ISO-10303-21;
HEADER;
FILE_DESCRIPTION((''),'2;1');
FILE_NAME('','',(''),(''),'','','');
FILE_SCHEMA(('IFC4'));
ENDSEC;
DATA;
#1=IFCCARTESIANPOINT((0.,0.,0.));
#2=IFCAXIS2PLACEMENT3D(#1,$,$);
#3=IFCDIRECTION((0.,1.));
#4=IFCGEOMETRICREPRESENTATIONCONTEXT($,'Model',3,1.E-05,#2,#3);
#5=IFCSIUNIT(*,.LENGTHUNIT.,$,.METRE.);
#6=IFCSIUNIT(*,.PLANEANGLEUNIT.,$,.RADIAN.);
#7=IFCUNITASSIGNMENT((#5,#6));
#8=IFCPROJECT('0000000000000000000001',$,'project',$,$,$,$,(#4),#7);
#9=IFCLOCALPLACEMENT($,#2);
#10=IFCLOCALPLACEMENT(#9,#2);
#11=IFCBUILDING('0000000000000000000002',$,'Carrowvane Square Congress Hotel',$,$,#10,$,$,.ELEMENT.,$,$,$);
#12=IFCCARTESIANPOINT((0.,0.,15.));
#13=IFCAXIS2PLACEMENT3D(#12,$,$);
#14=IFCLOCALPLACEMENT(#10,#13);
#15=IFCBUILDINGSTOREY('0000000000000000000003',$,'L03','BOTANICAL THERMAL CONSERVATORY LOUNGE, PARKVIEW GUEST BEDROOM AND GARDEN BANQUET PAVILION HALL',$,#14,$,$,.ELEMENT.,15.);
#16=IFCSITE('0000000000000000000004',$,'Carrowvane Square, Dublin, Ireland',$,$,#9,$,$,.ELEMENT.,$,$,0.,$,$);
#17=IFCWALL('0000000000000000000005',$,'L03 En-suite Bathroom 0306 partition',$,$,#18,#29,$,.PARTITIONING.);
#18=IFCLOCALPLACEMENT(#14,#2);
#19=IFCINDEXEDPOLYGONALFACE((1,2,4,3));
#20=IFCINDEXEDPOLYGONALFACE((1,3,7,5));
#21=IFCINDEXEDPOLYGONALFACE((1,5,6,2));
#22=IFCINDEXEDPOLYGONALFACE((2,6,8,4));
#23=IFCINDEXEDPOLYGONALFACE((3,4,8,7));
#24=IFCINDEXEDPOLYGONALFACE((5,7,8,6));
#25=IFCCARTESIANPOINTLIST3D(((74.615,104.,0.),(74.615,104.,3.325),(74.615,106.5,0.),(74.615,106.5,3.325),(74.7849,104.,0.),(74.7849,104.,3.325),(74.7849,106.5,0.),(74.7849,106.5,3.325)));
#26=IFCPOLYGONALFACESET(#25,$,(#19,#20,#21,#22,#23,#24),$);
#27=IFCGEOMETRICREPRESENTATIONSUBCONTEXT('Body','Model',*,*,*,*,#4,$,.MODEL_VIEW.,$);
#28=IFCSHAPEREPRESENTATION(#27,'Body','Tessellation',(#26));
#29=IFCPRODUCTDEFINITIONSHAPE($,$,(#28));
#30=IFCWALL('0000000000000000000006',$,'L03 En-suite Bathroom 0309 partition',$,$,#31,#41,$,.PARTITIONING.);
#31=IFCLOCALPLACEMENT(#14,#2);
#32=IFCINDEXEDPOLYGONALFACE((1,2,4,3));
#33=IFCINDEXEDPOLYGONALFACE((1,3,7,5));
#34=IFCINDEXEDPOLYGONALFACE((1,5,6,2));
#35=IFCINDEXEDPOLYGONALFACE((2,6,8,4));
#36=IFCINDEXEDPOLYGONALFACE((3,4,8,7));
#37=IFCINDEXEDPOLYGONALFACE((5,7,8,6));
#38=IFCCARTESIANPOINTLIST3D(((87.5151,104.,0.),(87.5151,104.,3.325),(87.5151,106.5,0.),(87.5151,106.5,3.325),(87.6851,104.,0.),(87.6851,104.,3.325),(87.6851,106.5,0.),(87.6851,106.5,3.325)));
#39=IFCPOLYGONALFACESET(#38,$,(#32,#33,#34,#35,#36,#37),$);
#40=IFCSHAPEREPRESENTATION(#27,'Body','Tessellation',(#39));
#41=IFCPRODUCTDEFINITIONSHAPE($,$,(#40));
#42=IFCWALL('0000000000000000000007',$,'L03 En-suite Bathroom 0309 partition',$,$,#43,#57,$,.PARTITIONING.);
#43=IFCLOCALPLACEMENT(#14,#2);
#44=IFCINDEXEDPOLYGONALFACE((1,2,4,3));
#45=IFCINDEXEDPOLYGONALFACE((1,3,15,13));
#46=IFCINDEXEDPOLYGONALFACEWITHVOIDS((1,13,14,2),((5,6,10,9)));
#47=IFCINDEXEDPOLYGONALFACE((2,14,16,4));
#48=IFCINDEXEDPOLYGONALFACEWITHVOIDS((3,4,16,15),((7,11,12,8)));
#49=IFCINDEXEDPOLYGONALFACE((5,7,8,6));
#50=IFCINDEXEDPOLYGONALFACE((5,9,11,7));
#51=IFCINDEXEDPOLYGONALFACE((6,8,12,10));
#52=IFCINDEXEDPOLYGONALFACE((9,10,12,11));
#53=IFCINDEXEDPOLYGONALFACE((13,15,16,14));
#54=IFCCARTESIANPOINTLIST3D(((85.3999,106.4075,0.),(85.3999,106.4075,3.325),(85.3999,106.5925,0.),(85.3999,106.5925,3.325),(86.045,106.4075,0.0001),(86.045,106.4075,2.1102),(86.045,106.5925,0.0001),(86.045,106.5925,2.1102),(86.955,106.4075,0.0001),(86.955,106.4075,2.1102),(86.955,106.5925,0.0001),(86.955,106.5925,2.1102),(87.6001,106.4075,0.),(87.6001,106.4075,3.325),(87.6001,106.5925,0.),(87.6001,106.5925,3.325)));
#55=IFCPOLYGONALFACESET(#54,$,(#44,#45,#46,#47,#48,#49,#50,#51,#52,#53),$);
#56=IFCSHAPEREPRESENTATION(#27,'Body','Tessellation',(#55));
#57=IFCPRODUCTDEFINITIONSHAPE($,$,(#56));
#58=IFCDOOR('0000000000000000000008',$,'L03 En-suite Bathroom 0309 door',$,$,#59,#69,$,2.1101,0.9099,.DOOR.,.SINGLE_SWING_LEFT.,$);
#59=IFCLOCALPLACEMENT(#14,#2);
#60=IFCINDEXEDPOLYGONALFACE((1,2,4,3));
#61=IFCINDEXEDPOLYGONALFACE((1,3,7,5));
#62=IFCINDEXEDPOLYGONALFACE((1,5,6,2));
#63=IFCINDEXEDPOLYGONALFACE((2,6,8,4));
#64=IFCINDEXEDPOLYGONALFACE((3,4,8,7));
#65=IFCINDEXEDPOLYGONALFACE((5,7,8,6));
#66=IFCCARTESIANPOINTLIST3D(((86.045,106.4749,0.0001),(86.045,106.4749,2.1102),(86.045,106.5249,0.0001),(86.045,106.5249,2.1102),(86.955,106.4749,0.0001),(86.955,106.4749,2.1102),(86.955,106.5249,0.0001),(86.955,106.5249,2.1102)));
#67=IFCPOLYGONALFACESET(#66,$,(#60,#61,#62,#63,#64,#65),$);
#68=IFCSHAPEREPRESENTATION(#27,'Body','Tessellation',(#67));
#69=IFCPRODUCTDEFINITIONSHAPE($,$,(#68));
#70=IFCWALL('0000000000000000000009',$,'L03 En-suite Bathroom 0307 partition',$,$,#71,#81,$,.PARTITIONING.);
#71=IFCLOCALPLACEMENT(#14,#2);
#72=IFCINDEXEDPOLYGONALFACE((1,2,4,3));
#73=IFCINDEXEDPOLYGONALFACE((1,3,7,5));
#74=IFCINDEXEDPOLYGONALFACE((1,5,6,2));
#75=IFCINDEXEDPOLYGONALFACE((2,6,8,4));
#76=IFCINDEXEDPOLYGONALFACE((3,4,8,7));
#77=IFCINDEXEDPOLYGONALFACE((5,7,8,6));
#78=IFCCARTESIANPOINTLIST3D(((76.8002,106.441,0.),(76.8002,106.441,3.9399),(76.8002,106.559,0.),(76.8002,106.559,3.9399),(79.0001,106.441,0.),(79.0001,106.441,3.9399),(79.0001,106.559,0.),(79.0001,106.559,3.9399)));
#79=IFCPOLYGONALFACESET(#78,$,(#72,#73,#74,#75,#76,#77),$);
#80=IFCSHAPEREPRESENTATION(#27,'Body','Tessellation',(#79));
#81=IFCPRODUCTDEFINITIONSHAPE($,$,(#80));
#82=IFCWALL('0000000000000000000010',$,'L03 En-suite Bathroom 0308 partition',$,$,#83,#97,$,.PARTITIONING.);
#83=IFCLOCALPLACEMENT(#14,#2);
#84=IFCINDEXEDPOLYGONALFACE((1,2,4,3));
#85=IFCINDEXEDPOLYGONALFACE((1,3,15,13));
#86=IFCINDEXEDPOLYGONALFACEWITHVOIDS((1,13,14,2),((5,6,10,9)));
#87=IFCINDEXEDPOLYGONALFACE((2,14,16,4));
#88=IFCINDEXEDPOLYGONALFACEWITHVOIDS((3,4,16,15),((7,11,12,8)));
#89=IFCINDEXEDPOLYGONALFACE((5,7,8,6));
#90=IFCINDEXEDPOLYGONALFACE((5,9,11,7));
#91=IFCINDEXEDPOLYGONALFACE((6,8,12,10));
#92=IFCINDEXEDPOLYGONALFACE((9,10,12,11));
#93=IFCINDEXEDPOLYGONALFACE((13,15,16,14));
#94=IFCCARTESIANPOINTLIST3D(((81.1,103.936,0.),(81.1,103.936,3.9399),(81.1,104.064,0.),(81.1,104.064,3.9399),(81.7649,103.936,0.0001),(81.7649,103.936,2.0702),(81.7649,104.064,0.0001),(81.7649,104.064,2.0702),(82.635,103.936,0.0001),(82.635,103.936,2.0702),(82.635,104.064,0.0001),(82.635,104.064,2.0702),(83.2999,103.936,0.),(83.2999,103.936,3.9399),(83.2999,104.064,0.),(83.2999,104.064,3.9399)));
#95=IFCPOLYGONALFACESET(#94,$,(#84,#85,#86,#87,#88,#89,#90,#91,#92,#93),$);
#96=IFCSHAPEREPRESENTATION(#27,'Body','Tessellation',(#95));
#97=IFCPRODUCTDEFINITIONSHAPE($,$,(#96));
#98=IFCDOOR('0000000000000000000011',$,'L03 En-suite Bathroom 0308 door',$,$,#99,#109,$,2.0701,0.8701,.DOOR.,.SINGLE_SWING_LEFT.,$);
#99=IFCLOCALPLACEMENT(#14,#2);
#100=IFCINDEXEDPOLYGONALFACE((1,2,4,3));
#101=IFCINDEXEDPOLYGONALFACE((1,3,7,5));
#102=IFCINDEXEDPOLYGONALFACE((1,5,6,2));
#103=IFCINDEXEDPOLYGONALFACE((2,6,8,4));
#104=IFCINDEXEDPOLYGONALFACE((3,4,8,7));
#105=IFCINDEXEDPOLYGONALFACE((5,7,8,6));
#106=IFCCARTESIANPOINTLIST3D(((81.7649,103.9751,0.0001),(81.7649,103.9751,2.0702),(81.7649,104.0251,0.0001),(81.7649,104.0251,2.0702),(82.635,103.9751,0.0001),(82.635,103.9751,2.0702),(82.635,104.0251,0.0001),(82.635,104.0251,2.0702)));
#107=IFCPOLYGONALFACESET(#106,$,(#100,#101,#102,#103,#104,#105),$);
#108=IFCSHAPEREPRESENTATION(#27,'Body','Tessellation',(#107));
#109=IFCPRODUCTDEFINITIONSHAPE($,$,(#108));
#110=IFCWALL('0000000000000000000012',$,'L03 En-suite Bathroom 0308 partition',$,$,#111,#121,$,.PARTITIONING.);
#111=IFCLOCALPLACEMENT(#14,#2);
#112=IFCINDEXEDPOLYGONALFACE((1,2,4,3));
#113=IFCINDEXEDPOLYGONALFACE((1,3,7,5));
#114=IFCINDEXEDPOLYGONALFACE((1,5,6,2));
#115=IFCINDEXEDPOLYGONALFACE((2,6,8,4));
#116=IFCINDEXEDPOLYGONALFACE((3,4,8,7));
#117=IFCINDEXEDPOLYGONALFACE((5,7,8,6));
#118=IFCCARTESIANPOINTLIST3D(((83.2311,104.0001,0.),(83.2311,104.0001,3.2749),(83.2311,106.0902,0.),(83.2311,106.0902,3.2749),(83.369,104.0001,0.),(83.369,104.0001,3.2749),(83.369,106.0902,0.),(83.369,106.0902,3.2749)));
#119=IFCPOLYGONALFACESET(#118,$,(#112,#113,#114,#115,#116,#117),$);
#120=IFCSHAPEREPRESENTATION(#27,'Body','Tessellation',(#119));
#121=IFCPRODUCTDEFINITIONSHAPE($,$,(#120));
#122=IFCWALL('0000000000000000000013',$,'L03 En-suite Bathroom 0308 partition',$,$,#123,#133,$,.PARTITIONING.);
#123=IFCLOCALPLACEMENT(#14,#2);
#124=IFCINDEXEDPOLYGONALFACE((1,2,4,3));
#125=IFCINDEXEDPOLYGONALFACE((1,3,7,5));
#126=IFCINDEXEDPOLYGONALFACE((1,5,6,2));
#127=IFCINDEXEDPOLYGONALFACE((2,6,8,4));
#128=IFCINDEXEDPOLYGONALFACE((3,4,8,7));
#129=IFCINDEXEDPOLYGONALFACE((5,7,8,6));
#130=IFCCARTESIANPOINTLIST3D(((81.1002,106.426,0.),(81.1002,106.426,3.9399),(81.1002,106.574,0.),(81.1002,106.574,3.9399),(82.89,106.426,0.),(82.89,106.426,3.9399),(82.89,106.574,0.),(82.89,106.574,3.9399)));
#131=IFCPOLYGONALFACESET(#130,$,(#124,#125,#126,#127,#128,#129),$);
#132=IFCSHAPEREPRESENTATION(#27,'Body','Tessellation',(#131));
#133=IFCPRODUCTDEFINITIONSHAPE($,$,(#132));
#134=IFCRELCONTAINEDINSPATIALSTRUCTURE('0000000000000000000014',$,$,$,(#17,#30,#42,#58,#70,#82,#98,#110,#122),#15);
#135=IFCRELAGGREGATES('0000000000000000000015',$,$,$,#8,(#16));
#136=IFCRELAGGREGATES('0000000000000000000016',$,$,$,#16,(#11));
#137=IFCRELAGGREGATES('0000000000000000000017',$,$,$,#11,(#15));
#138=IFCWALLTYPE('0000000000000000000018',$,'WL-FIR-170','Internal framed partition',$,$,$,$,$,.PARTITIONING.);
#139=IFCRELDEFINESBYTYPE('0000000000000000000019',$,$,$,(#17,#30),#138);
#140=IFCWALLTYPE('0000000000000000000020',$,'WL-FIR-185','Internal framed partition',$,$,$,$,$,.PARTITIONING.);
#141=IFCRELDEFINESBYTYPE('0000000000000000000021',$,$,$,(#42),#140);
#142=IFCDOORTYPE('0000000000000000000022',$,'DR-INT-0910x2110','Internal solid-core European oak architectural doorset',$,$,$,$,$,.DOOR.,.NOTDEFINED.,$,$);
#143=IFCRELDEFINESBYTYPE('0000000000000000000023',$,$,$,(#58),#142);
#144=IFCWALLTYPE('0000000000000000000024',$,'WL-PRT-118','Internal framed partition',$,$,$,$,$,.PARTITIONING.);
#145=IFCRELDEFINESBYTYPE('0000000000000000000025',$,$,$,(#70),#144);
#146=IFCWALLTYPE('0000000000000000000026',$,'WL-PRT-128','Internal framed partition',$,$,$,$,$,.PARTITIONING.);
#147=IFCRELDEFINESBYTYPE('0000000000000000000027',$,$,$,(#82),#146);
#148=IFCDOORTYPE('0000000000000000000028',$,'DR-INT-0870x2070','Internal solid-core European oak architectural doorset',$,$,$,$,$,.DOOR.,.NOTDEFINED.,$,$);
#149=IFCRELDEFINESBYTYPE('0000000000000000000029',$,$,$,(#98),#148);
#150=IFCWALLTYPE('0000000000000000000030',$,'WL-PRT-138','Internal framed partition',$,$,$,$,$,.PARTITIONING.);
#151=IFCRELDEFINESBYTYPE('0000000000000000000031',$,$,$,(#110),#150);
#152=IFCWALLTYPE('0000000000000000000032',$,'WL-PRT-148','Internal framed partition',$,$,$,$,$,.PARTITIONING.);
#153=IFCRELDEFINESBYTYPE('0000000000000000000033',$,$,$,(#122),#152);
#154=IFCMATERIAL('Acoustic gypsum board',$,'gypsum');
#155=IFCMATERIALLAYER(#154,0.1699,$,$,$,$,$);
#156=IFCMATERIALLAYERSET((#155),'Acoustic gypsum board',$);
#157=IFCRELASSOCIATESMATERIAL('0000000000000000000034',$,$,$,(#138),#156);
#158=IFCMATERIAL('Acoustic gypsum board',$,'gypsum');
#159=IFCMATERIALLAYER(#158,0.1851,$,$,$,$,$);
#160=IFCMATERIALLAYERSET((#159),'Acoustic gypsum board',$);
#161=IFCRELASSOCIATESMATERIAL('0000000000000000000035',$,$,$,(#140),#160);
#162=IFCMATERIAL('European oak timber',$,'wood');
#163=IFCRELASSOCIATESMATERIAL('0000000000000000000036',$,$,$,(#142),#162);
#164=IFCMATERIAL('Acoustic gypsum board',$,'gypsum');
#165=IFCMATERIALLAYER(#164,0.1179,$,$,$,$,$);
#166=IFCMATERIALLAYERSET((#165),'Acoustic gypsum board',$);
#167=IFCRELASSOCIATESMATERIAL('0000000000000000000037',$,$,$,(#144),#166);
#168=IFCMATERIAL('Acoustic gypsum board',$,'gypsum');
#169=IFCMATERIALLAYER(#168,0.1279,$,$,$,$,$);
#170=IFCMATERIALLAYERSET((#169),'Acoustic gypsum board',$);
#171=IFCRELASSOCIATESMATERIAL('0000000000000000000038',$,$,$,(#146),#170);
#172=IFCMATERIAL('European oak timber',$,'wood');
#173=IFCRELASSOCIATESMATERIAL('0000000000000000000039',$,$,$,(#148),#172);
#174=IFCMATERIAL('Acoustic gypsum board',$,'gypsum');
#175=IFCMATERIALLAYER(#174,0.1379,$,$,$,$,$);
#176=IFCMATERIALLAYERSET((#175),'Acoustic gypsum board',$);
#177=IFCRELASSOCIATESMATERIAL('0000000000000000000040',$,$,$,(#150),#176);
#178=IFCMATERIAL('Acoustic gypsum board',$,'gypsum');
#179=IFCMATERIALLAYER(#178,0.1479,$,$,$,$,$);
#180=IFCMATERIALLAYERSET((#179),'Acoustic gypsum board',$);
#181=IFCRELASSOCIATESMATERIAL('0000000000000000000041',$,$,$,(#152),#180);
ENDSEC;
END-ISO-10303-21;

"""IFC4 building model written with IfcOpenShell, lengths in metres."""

from ifc_helpers import new_model, si_unit, direction, frame, frame_2d, origin, place, context, subcontext, project, spatial, rectangle, extrude, material, layer, layer_set, type_object, element, fill, save


model = new_model("IFC4")

# Units and contexts
model_context = context("Model", 3, precision=1e-05, world=origin(), true_north=direction((0.0, 1.0)))
body_context = subcontext(model_context, "Body", "Model", "MODEL_VIEW")
ifc_project = project(units=[si_unit("LENGTHUNIT", "METRE"), si_unit("PLANEANGLEUNIT", "RADIAN")], contexts=[model_context])

# Site, building, storey
site_placement = place(None, origin())
site = spatial("IfcSite", under=ifc_project, at=site_placement, Name="Carrowvane Square, Dublin, Ireland", CompositionType="ELEMENT", RefElevation=0.0)
building_placement = place(site_placement, origin())
building = spatial("IfcBuilding", under=site, at=building_placement, Name="Carrowvane Square Congress Hotel", CompositionType="ELEMENT")
storey_placement = place(building_placement, frame((0.0, 0.0, 15.0)))
storey = spatial("IfcBuildingStorey", under=building, at=storey_placement, Name="L03", Description="BOTANICAL THERMAL CONSERVATORY LOUNGE, PARKVIEW GUEST BEDROOM AND GARDEN BANQUET PAVILION HALL", CompositionType="ELEMENT", Elevation=15.0)

# Walls
ifc_material_1 = material(Name="Acoustic gypsum board", Category="gypsum")
ifc_layer_1 = layer(ifc_material_1, 0.1699)
ifc_layer_set_1 = layer_set([ifc_layer_1], Name="Acoustic gypsum board")
wall_type_1 = type_object("IfcWallType", Name="WL-FIR-170", Description="Internal framed partition", PredefinedType="PARTITIONING", material=ifc_layer_set_1)
for number, where, z_axis, x_axis, name in (
    (1, (74.7, 106.5, 0.0), (0.0, 0.0, 1.0), (0.0, -1.0, 0.0), "L03 En-suite Bathroom 0306 partition"),
    (2, (87.6001, 106.5, 0.0), (0.0, 0.0, 1.0), (0.0, -1.0, 0.0), "L03 En-suite Bathroom 0309 partition"),
):
    element("IfcWall", number, at=place(storey_placement, frame(where, z_axis=z_axis, x_axis=x_axis)), inside=storey, type_object=wall_type_1, Name=name, PredefinedType="PARTITIONING", context=body_context, shape_type="SweptSolid", body=[
        extrude(rectangle(XDim=2.5, YDim=0.1699, at=frame_2d((1.25, 0.0))), origin(), (0.0, 0.0, 1.0), 3.325),
    ])

# Wall, opening, door
ifc_material_2 = material(Name="Acoustic gypsum board", Category="gypsum")
ifc_layer_2 = layer(ifc_material_2, 0.1851)
ifc_layer_set_2 = layer_set([ifc_layer_2], Name="Acoustic gypsum board")
wall_type_2 = type_object("IfcWallType", Name="WL-FIR-185", Description="Internal framed partition", PredefinedType="PARTITIONING", material=ifc_layer_set_2)
wall_1_placement = place(storey_placement, frame((85.3999, 106.5, 0.0), z_axis=(0.0, 0.0, 1.0), x_axis=(1.0, 0.0, 0.0)))
wall_1 = element("IfcWall", 3, at=wall_1_placement, inside=storey, type_object=wall_type_2, Name="L03 En-suite Bathroom 0309 partition", PredefinedType="PARTITIONING", context=body_context, shape_type="SweptSolid", body=[
    extrude(rectangle(XDim=2.2002, YDim=0.1851, at=frame_2d((1.1001, 0.0))), origin(), (0.0, 0.0, 1.0), 3.325),
])
opening_1_placement = place(wall_1_placement, frame((0.645, 0.0, 0.0)))
opening_1 = element("IfcOpeningElement", 4, at=opening_1_placement, cuts=wall_1, PredefinedType="OPENING", context=body_context, shape_type="SweptSolid", body=[
    extrude(rectangle(XDim=0.9099, YDim=2.1101, at=frame_2d((0.4551, 1.0552))), frame((0.0, 0.1025, 0.0), z_axis=(0.0, -1.0, 0.0), x_axis=(1.0, 0.0, 0.0)), (0.0, 0.0, 1.0), 0.2051),
])
ifc_material_3 = material(Name="European oak timber", Category="wood")
door_type_1 = type_object("IfcDoorType", Name="DR-INT-0910x2110", Description="Internal solid-core European oak architectural doorset", OperationType="NOTDEFINED", PredefinedType="DOOR", material=ifc_material_3)
door_1_placement = place(opening_1_placement, origin())
door_1 = element("IfcDoor", 5, at=door_1_placement, inside=storey, type_object=door_type_1, Name="L03 En-suite Bathroom 0309 door", OperationType="SINGLE_SWING_LEFT", OverallHeight=2.1101, OverallWidth=0.9099, PredefinedType="DOOR", context=body_context, shape_type="SweptSolid", body=[
    extrude(rectangle(XDim=0.9099, YDim=2.1101, at=frame_2d((0.4551, 1.0552))), frame((0.0, 0.0249, 0.0), z_axis=(0.0, -1.0, 0.0), x_axis=(1.0, 0.0, 0.0)), (0.0, 0.0, 1.0), 0.05),
])
fill(opening_1, door_1)

# Wall
ifc_material_4 = material(Name="Acoustic gypsum board", Category="gypsum")
ifc_layer_3 = layer(ifc_material_4, 0.1179)
ifc_layer_set_3 = layer_set([ifc_layer_3], Name="Acoustic gypsum board")
wall_type_3 = type_object("IfcWallType", Name="WL-PRT-118", Description="Internal framed partition", PredefinedType="PARTITIONING", material=ifc_layer_set_3)
wall_2_placement = place(storey_placement, frame((76.8, 106.5, 0.0), z_axis=(0.0, 0.0, 1.0), x_axis=(1.0, 0.0, 0.0)))
element("IfcWall", 6, at=wall_2_placement, inside=storey, type_object=wall_type_3, Name="L03 En-suite Bathroom 0307 partition", PredefinedType="PARTITIONING", context=body_context, shape_type="SweptSolid", body=[
    extrude(rectangle(XDim=2.2, YDim=0.1179, at=frame_2d((1.1001, 0.0))), origin(), (0.0, 0.0, 1.0), 3.9399),
])

# Wall, opening, door
ifc_material_5 = material(Name="Acoustic gypsum board", Category="gypsum")
ifc_layer_4 = layer(ifc_material_5, 0.1279)
ifc_layer_set_4 = layer_set([ifc_layer_4], Name="Acoustic gypsum board")
wall_type_4 = type_object("IfcWallType", Name="WL-PRT-128", Description="Internal framed partition", PredefinedType="PARTITIONING", material=ifc_layer_set_4)
wall_3_placement = place(storey_placement, frame((83.3, 104.0, 0.0), z_axis=(0.0, 0.0, 1.0), x_axis=(-1.0, 0.0, 0.0)))
wall_3 = element("IfcWall", 7, at=wall_3_placement, inside=storey, type_object=wall_type_4, Name="L03 En-suite Bathroom 0308 partition", PredefinedType="PARTITIONING", context=body_context, shape_type="SweptSolid", body=[
    extrude(rectangle(XDim=2.2, YDim=0.1279, at=frame_2d((1.1001, 0.0))), origin(), (0.0, 0.0, 1.0), 3.9399),
])
opening_2_placement = place(wall_3_placement, frame((0.665, 0.0, 0.0)))
opening_2 = element("IfcOpeningElement", 8, at=opening_2_placement, cuts=wall_3, PredefinedType="OPENING", context=body_context, shape_type="SweptSolid", body=[
    extrude(rectangle(XDim=0.8701, YDim=2.0701, at=frame_2d((0.4351, 1.0352))), frame((0.0, 0.074, 0.0), z_axis=(0.0, -1.0, 0.0), x_axis=(1.0, 0.0, 0.0)), (0.0, 0.0, 1.0), 0.1479),
])
ifc_material_6 = material(Name="European oak timber", Category="wood")
door_type_2 = type_object("IfcDoorType", Name="DR-INT-0870x2070", Description="Internal solid-core European oak architectural doorset", OperationType="NOTDEFINED", PredefinedType="DOOR", material=ifc_material_6)
door_2_placement = place(opening_2_placement, origin())
door_2 = element("IfcDoor", 9, at=door_2_placement, inside=storey, type_object=door_type_2, Name="L03 En-suite Bathroom 0308 door", OperationType="SINGLE_SWING_LEFT", OverallHeight=2.0701, OverallWidth=0.8701, PredefinedType="DOOR", context=body_context, shape_type="SweptSolid", body=[
    extrude(rectangle(XDim=0.8701, YDim=2.0701, at=frame_2d((0.4351, 1.0352))), frame((0.0, 0.0249, 0.0), z_axis=(0.0, -1.0, 0.0), x_axis=(1.0, 0.0, 0.0)), (0.0, 0.0, 1.0), 0.05),
])
fill(opening_2, door_2)

# Walls
ifc_material_7 = material(Name="Acoustic gypsum board", Category="gypsum")
ifc_layer_5 = layer(ifc_material_7, 0.1379)
ifc_layer_set_5 = layer_set([ifc_layer_5], Name="Acoustic gypsum board")
wall_type_5 = type_object("IfcWallType", Name="WL-PRT-138", Description="Internal framed partition", PredefinedType="PARTITIONING", material=ifc_layer_set_5)
wall_4_placement = place(storey_placement, frame((83.3, 106.0901, 0.0), z_axis=(0.0, 0.0, 1.0), x_axis=(0.0, -1.0, 0.0)))
element("IfcWall", 10, at=wall_4_placement, inside=storey, type_object=wall_type_5, Name="L03 En-suite Bathroom 0308 partition", PredefinedType="PARTITIONING", context=body_context, shape_type="SweptSolid", body=[
    extrude(rectangle(XDim=2.0901, YDim=0.1379, at=frame_2d((1.0449, 0.0))), origin(), (0.0, 0.0, 1.0), 3.2749),
])
ifc_material_8 = material(Name="Acoustic gypsum board", Category="gypsum")
ifc_layer_6 = layer(ifc_material_8, 0.1479)
ifc_layer_set_6 = layer_set([ifc_layer_6], Name="Acoustic gypsum board")
wall_type_6 = type_object("IfcWallType", Name="WL-PRT-148", Description="Internal framed partition", PredefinedType="PARTITIONING", material=ifc_layer_set_6)
wall_5_placement = place(storey_placement, frame((81.1001, 106.5, 0.0), z_axis=(0.0, 0.0, 1.0), x_axis=(1.0, 0.0, 0.0)))
element("IfcWall", 11, at=wall_5_placement, inside=storey, type_object=wall_type_6, Name="L03 En-suite Bathroom 0308 partition", PredefinedType="PARTITIONING", context=body_context, shape_type="SweptSolid", body=[
    extrude(rectangle(XDim=1.7898, YDim=0.1479, at=frame_2d((0.895, 0.0))), origin(), (0.0, 0.0, 1.0), 3.9399),
])

save(model, "model.ifc")
